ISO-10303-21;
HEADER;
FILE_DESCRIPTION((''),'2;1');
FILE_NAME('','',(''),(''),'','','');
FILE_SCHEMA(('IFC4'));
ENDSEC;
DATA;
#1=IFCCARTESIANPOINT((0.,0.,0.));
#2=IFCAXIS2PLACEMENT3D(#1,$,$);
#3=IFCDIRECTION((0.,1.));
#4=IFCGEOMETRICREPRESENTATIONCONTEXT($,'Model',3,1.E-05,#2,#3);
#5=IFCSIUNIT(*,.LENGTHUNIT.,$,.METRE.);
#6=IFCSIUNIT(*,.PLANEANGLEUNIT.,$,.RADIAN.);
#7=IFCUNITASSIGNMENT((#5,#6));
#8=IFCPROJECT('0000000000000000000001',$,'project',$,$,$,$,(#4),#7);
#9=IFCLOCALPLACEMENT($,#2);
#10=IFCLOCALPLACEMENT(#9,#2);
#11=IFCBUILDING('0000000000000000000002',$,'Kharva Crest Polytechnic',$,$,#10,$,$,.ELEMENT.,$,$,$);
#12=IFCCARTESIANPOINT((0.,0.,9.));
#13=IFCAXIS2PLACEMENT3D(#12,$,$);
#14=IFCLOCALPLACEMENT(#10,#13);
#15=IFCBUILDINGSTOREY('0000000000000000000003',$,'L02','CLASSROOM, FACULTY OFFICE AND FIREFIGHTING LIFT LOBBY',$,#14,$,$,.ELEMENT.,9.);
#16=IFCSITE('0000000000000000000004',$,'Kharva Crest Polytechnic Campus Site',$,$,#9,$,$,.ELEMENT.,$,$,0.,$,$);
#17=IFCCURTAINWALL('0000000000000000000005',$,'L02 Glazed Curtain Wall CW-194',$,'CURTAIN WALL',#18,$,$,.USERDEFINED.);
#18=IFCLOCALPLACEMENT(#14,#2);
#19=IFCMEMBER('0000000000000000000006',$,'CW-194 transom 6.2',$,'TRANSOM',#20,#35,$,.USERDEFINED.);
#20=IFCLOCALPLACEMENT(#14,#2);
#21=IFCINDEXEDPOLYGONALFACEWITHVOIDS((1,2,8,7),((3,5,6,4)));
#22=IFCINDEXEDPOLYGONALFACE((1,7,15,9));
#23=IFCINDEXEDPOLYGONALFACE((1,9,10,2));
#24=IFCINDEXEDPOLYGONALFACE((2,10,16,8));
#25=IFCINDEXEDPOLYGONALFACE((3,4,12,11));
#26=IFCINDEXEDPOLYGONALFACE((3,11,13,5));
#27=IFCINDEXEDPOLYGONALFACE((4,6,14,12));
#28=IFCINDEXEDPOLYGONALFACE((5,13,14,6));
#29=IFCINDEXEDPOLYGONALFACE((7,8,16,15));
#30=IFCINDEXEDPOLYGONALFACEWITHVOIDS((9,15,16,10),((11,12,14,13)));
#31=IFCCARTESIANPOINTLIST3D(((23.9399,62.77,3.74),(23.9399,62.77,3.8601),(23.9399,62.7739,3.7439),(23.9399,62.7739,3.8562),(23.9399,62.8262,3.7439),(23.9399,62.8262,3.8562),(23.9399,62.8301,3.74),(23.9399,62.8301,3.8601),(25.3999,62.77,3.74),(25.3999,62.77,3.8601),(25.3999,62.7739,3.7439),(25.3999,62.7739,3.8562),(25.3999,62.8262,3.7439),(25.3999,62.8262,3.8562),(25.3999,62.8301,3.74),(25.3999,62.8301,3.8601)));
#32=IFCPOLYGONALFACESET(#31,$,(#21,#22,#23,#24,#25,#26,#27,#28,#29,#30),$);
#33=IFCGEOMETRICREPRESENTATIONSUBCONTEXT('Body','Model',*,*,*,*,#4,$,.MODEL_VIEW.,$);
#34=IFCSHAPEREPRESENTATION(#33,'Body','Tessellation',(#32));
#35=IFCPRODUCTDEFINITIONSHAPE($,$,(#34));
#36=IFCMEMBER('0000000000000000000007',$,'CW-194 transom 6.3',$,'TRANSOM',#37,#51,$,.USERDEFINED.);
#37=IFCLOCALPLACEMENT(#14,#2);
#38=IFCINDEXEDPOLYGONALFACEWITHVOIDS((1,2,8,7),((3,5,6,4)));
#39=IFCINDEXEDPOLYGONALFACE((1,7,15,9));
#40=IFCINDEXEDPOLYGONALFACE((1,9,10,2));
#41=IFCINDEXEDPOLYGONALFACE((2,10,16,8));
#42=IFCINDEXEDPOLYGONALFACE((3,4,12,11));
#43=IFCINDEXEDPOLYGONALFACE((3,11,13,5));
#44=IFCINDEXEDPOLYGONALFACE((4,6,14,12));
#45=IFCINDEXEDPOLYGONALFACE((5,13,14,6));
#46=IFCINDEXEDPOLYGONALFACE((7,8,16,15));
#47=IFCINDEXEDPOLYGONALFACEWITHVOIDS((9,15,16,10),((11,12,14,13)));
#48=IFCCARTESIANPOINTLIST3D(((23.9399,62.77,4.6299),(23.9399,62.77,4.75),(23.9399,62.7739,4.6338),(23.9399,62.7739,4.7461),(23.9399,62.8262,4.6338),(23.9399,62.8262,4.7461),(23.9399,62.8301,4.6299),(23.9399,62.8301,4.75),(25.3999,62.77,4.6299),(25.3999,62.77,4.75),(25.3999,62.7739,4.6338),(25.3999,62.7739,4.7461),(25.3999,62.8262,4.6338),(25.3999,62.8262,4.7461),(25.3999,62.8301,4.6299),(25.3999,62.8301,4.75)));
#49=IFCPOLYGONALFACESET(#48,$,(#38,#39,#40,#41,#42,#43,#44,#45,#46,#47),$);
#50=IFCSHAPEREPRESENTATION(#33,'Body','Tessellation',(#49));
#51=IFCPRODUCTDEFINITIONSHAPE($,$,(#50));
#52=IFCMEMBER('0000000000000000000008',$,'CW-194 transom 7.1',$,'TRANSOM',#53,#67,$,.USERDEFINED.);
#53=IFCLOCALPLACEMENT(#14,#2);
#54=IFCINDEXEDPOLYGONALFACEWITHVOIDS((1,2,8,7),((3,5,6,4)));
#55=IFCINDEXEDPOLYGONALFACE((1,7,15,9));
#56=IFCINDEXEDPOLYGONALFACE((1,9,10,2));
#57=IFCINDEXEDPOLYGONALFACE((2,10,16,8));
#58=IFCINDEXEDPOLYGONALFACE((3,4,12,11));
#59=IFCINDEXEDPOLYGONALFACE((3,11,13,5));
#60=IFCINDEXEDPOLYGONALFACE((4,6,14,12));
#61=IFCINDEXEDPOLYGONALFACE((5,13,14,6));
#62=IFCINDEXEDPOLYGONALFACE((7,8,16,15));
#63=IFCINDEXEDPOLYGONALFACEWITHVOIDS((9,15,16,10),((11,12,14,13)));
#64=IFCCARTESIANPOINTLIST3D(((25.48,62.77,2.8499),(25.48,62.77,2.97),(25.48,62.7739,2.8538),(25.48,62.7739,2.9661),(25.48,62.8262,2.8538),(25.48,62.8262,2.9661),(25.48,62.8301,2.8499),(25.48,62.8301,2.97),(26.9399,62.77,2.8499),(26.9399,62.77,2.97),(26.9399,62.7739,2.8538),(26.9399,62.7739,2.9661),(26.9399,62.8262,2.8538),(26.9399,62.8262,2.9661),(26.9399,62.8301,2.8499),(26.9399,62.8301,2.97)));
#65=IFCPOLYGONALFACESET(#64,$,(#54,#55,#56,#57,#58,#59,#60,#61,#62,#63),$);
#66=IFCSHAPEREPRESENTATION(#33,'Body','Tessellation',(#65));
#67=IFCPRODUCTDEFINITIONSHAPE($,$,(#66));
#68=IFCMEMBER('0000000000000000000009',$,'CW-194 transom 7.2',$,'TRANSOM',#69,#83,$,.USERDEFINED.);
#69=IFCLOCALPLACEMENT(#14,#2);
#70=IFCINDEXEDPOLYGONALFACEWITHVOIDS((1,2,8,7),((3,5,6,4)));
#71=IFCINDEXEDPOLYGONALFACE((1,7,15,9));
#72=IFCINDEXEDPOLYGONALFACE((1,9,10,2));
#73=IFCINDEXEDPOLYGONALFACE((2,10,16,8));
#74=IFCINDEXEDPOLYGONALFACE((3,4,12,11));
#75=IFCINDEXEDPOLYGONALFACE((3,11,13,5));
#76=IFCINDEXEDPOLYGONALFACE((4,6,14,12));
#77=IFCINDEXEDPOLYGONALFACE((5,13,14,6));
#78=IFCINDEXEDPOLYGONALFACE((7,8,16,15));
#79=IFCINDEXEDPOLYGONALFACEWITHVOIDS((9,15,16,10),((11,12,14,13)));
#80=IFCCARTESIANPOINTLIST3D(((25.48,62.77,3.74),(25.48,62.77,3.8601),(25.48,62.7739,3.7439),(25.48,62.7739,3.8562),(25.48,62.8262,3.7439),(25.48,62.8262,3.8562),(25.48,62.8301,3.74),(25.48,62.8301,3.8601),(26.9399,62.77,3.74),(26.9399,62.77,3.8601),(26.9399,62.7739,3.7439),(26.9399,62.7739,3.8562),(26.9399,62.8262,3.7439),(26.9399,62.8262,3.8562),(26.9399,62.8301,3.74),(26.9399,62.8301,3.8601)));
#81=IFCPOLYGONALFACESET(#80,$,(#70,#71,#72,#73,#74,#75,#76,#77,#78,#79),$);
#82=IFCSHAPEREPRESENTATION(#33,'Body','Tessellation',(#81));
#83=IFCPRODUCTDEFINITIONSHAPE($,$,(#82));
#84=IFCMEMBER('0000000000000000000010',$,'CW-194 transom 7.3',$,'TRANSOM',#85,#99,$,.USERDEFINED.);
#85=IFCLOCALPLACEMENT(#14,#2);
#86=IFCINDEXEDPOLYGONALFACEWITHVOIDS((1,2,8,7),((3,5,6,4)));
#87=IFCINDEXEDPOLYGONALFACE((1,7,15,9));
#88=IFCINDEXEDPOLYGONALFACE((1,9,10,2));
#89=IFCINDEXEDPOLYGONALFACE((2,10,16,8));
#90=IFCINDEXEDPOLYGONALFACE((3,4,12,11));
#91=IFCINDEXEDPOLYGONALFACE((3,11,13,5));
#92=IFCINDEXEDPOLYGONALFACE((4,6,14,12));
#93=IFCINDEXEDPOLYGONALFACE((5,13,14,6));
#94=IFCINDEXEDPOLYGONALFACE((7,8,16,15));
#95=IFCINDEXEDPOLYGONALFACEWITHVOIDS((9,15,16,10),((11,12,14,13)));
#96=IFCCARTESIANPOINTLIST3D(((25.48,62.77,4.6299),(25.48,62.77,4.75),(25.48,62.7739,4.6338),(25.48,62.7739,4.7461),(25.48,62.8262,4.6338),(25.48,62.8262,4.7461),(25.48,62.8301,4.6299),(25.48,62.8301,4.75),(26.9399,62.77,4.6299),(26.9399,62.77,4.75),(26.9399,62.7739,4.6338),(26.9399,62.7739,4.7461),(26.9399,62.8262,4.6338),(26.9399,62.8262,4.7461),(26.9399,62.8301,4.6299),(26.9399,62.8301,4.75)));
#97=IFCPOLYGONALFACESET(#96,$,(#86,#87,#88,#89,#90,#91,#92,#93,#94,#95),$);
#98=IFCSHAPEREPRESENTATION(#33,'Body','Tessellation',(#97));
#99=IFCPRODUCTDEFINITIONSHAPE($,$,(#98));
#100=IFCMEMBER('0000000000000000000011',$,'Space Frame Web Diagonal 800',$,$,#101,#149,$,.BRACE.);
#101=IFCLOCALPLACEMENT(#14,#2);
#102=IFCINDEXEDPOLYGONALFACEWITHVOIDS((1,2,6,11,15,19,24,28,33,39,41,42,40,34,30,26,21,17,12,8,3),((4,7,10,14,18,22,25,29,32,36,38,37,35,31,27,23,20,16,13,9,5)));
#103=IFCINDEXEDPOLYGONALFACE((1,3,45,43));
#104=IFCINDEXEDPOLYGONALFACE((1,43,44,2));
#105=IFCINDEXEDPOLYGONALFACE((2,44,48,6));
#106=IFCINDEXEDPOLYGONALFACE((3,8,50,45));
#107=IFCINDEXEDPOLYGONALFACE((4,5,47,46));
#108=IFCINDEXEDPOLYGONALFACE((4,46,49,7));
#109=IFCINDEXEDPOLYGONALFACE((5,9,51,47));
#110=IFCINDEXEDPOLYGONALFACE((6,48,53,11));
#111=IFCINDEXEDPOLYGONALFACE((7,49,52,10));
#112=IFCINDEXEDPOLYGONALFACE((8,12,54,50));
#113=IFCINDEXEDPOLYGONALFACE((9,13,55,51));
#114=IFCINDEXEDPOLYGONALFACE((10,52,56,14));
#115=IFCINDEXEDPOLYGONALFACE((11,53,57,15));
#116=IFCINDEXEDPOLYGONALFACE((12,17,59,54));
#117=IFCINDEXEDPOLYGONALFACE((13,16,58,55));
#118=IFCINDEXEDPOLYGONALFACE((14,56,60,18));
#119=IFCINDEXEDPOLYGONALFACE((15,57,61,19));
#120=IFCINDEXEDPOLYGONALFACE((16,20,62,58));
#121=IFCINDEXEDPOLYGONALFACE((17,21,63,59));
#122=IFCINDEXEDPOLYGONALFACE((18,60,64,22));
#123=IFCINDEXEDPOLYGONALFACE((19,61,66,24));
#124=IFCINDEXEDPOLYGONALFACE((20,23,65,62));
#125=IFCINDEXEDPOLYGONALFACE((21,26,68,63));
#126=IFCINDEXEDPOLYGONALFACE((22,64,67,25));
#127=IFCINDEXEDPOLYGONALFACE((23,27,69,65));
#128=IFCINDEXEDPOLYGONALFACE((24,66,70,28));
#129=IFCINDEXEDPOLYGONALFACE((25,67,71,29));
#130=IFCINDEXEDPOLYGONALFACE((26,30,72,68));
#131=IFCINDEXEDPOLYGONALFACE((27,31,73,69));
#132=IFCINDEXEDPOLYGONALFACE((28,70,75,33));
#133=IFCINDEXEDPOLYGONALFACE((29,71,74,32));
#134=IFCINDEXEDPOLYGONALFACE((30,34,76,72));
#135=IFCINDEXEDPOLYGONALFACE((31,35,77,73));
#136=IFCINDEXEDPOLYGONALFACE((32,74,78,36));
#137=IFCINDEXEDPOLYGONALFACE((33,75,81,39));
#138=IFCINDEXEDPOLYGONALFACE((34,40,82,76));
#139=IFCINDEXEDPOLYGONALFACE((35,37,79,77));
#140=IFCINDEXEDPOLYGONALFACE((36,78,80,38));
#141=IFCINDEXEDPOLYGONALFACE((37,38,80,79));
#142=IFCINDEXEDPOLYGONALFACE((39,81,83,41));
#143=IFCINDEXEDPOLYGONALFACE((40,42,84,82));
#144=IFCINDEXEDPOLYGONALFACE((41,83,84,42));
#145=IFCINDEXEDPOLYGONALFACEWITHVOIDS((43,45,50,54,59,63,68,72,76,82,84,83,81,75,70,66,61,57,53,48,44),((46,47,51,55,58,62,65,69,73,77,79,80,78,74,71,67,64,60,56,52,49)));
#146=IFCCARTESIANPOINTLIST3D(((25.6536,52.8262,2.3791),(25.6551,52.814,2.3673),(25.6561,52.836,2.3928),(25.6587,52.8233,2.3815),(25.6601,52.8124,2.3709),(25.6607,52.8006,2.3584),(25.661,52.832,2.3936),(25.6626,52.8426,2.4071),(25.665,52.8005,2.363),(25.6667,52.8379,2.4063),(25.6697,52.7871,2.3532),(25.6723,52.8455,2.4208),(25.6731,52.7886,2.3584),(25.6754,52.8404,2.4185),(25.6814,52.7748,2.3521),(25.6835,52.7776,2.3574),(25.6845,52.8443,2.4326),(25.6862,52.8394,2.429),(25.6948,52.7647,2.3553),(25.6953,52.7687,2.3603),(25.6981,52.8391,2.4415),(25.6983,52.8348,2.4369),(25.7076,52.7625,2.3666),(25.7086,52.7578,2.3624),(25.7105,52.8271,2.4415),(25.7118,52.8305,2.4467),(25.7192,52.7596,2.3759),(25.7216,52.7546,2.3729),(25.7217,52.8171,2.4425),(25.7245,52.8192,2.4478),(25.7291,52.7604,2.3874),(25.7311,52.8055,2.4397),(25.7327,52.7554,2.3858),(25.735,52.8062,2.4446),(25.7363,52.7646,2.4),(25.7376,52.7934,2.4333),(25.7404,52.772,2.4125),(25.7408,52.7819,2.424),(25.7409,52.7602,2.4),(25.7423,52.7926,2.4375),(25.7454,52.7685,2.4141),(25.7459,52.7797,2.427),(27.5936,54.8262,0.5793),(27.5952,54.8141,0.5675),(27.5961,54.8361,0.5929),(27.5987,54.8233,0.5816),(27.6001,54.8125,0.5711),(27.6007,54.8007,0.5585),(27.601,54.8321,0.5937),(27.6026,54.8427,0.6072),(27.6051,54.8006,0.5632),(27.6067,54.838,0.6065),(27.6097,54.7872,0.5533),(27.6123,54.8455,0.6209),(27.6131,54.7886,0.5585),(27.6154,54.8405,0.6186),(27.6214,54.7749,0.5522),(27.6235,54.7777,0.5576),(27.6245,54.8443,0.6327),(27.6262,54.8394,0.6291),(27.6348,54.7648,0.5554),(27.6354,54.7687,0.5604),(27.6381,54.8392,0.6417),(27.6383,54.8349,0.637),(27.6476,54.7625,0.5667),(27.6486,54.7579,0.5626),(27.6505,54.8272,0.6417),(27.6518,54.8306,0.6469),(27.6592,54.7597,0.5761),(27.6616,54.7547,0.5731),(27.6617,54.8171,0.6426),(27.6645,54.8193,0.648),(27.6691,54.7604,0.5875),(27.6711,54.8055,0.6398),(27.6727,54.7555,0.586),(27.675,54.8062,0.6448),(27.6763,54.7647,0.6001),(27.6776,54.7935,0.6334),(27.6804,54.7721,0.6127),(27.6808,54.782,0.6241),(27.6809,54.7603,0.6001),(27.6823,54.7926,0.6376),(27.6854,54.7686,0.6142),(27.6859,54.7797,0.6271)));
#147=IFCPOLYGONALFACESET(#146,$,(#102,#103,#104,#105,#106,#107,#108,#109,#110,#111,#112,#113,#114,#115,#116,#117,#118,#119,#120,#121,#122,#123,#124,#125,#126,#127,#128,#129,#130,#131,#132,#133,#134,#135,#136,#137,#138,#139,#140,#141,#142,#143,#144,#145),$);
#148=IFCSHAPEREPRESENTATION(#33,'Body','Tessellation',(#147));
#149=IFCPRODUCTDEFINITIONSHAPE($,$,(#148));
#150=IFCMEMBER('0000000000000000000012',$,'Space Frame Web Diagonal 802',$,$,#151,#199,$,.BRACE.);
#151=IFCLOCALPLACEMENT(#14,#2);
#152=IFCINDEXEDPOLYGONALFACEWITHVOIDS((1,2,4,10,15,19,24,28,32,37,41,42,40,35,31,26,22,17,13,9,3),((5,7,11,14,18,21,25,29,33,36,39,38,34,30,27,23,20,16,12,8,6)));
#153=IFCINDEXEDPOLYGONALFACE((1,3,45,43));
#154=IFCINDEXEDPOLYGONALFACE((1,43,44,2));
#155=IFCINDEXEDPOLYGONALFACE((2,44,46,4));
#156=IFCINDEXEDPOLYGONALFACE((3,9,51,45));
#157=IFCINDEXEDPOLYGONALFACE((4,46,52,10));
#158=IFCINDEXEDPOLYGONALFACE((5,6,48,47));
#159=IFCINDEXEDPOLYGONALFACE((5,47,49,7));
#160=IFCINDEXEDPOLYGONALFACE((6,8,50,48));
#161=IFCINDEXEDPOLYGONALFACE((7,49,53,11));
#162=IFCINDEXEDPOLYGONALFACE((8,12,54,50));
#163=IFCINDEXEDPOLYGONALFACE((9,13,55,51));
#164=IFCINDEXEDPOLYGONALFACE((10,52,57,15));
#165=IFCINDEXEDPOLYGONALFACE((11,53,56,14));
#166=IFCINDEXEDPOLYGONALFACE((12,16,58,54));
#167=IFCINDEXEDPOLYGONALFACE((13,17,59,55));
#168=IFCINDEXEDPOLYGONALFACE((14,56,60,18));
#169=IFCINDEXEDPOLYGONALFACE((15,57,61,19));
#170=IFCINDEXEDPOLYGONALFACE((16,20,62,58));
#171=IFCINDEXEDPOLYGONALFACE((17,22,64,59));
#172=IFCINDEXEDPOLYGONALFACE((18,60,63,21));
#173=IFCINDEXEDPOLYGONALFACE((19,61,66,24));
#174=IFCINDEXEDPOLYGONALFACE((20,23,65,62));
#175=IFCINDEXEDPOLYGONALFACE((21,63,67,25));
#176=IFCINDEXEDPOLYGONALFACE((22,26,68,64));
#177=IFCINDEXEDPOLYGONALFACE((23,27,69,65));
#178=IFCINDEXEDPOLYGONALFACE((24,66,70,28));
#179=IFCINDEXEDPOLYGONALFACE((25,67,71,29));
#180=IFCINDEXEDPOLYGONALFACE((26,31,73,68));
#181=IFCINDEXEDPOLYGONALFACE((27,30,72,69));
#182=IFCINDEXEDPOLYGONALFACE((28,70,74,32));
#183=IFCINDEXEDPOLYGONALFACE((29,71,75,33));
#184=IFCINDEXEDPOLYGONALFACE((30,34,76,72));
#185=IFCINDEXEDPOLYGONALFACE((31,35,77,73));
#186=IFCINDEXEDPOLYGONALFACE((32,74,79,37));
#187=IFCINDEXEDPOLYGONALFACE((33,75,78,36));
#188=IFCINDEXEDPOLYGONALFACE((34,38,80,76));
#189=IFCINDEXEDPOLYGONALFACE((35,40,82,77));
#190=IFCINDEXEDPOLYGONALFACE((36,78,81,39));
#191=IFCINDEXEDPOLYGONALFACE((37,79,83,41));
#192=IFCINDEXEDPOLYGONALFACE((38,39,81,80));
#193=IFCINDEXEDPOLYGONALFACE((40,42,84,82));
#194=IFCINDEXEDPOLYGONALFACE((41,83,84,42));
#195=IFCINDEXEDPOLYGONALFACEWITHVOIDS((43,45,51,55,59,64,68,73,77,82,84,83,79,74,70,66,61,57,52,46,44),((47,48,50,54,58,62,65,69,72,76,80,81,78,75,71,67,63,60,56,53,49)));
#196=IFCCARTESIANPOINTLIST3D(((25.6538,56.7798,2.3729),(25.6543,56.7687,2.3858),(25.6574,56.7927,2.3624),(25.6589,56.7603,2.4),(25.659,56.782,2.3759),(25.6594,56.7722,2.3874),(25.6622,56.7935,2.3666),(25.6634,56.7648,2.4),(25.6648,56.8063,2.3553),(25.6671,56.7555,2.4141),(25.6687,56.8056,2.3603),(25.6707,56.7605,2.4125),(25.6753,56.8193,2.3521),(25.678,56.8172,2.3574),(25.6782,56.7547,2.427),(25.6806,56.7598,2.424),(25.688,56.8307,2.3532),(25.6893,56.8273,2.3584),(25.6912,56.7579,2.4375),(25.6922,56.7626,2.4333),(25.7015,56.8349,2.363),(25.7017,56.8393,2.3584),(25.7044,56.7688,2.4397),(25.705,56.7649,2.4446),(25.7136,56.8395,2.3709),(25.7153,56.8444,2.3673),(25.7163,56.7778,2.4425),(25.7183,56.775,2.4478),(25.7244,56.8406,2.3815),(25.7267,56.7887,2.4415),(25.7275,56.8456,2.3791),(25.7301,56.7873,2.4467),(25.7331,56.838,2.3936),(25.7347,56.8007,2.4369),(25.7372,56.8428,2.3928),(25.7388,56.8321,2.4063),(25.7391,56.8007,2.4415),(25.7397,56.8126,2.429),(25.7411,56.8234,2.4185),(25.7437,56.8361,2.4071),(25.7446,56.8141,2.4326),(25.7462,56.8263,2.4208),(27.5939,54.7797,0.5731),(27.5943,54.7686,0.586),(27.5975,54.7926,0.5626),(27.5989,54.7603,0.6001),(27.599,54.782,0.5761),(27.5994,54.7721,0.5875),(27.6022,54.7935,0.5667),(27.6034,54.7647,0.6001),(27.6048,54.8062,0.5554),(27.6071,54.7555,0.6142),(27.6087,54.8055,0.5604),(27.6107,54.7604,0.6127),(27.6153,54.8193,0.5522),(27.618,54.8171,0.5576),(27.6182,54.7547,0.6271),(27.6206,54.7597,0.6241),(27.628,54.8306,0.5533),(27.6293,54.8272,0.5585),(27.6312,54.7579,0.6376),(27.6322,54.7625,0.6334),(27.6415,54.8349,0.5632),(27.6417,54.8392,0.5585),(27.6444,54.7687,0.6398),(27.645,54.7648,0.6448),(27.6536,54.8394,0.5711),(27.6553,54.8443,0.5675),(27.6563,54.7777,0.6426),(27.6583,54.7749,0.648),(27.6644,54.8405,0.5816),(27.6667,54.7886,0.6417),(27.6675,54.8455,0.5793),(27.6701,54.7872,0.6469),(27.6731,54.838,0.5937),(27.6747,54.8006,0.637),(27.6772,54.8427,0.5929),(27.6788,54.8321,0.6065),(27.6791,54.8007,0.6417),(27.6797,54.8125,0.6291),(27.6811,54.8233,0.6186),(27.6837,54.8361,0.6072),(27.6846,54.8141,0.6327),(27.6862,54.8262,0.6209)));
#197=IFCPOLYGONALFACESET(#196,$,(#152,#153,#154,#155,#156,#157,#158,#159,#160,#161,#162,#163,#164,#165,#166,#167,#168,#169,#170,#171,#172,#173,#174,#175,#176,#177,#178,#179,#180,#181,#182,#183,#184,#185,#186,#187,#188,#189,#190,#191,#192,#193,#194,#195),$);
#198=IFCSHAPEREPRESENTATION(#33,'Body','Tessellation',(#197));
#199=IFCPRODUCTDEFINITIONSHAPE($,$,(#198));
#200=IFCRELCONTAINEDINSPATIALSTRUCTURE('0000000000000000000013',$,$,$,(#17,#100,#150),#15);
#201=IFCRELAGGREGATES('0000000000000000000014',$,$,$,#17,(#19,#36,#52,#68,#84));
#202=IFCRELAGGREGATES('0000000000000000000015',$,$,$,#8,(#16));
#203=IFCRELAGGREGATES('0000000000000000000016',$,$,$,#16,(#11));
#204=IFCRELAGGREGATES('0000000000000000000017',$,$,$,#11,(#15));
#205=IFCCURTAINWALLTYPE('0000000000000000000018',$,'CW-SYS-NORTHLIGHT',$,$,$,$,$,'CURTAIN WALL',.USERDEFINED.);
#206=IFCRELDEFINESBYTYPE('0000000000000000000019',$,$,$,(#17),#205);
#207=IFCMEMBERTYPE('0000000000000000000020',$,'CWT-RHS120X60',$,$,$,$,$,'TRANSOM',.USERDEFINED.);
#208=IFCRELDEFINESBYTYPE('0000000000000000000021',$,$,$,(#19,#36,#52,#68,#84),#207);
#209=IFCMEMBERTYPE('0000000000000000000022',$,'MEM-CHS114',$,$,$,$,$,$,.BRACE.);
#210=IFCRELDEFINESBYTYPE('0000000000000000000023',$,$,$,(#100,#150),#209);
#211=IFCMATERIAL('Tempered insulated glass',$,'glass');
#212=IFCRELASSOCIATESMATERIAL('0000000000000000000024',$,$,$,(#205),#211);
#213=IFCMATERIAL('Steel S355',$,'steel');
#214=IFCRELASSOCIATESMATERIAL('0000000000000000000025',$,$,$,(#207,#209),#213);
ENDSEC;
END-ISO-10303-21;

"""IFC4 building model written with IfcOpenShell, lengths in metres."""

from ifc_helpers import new_model, si_unit, direction, frame, origin, origin_2d, place, context, subcontext, project, spatial, hollow_rectangle, hollow_circle, extrude, material, material_profile, profile_set, type_object, element, aggregate, save


model = new_model("IFC4")

# Units and contexts
model_context = context("Model", 3, precision=1e-05, world=origin(), true_north=direction((0.0, 1.0)))
body_context = subcontext(model_context, "Body", "Model", "MODEL_VIEW")
ifc_project = project(units=[si_unit("LENGTHUNIT", "METRE"), si_unit("PLANEANGLEUNIT", "RADIAN")], contexts=[model_context])

# Site, building, storey
site_placement = place(None, origin())
site = spatial("IfcSite", under=ifc_project, at=site_placement, Name="Kharva Crest Polytechnic Campus Site", CompositionType="ELEMENT", RefElevation=0.0)
building_placement = place(site_placement, origin())
building = spatial("IfcBuilding", under=site, at=building_placement, Name="Kharva Crest Polytechnic", CompositionType="ELEMENT")
storey_placement = place(building_placement, frame((0.0, 0.0, 9.0)))
storey = spatial("IfcBuildingStorey", under=building, at=storey_placement, Name="L02", Description="CLASSROOM, FACULTY OFFICE AND FIREFIGHTING LIFT LOBBY", CompositionType="ELEMENT", Elevation=9.0)

# Curtain wall
ifc_material_1 = material(Name="Tempered insulated glass", Category="glass")
curtain_wall_type = type_object("IfcCurtainWallType", Name="CW-SYS-NORTHLIGHT", ElementType="CURTAIN WALL", PredefinedType="USERDEFINED", material=ifc_material_1)
ifc_material_2 = material(Name="Steel S355", Category="steel")
curtain_wall_1_placement = place(storey_placement, origin())
curtain_wall_1 = element("IfcCurtainWall", 1, at=curtain_wall_1_placement, inside=storey, type_object=curtain_wall_type, Name="L02 Glazed Curtain Wall CW-194", ObjectType="CURTAIN WALL", PredefinedType="USERDEFINED")

# Members
ifc_material_profile_1 = material_profile(ifc_material_2, hollow_rectangle(XDim=0.0601, YDim=0.1201, WallThickness=0.0039, at=origin_2d()), Name="RHS 120X60X4.0")
ifc_profile_set_1 = profile_set([ifc_material_profile_1], Name="Steel S355")
member_type_1 = type_object("IfcMemberType", Name="CWT-RHS120X60", ElementType="TRANSOM", PredefinedType="USERDEFINED", material=ifc_profile_set_1)
member_1_placement = place(storey_placement, frame((23.9399, 62.8, 3.8), z_axis=(1.0, 0.0, 0.0), x_axis=(0.0, 1.0, 0.0)))
member_1 = element("IfcMember", 2, at=member_1_placement, type_object=member_type_1, Name="CW-194 transom 6.2", ObjectType="TRANSOM", PredefinedType="USERDEFINED", context=body_context, shape_type="SweptSolid", body=[
    extrude(hollow_rectangle(XDim=0.0601, YDim=0.1201, WallThickness=0.0039, at=origin_2d()), origin(), (0.0, 0.0, 1.0), 1.46),
])
member_2_placement = place(storey_placement, frame((23.9399, 62.8, 4.6899), z_axis=(1.0, 0.0, 0.0), x_axis=(0.0, 1.0, 0.0)))
member_2 = element("IfcMember", 3, at=member_2_placement, type_object=member_type_1, Name="CW-194 transom 6.3", ObjectType="TRANSOM", PredefinedType="USERDEFINED", context=body_context, shape_type="SweptSolid", body=[
    extrude(hollow_rectangle(XDim=0.0601, YDim=0.1201, WallThickness=0.0039, at=origin_2d()), origin(), (0.0, 0.0, 1.0), 1.46),
])
member_3_placement = place(storey_placement, frame((25.48, 62.8, 2.9099), z_axis=(1.0, 0.0, 0.0), x_axis=(0.0, 1.0, 0.0)))
member_3 = element("IfcMember", 4, at=member_3_placement, type_object=member_type_1, Name="CW-194 transom 7.1", ObjectType="TRANSOM", PredefinedType="USERDEFINED", context=body_context, shape_type="SweptSolid", body=[
    extrude(hollow_rectangle(XDim=0.0601, YDim=0.1201, WallThickness=0.0039, at=origin_2d()), origin(), (0.0, 0.0, 1.0), 1.46),
])
member_4_placement = place(storey_placement, frame((25.48, 62.8, 3.8), z_axis=(1.0, 0.0, 0.0), x_axis=(0.0, 1.0, 0.0)))
member_4 = element("IfcMember", 5, at=member_4_placement, type_object=member_type_1, Name="CW-194 transom 7.2", ObjectType="TRANSOM", PredefinedType="USERDEFINED", context=body_context, shape_type="SweptSolid", body=[
    extrude(hollow_rectangle(XDim=0.0601, YDim=0.1201, WallThickness=0.0039, at=origin_2d()), origin(), (0.0, 0.0, 1.0), 1.46),
])
member_5_placement = place(storey_placement, frame((25.48, 62.8, 4.6899), z_axis=(1.0, 0.0, 0.0), x_axis=(0.0, 1.0, 0.0)))
member_5 = element("IfcMember", 6, at=member_5_placement, type_object=member_type_1, Name="CW-194 transom 7.3", ObjectType="TRANSOM", PredefinedType="USERDEFINED", context=body_context, shape_type="SweptSolid", body=[
    extrude(hollow_rectangle(XDim=0.0601, YDim=0.1201, WallThickness=0.0039, at=origin_2d()), origin(), (0.0, 0.0, 1.0), 1.46),
])

# Members
ifc_material_profile_2 = material_profile(ifc_material_2, hollow_circle(Radius=0.0571, WallThickness=0.0063, at=origin_2d()), Name="CHS 114.3X6.3")
ifc_profile_set_2 = profile_set([ifc_material_profile_2], Name="Steel S355")
member_type_2 = type_object("IfcMemberType", Name="MEM-CHS114", PredefinedType="BRACE", material=ifc_profile_set_2)
for number, where, z_axis, x_axis, name in (
    (7, (27.6399, 54.8, 0.6001), (-0.584843, -0.60295, 0.542596), (0.717802, -0.696247, 0.0), "Space Frame Web Diagonal 800"),
    (8, (27.6399, 54.8, 0.6001), (-0.584843, 0.60295, 0.542596), (-0.717802, -0.696247, 0.0), "Space Frame Web Diagonal 802"),
):
    element("IfcMember", number, at=place(storey_placement, frame(where, z_axis=z_axis, x_axis=x_axis)), inside=storey, type_object=member_type_2, Name=name, PredefinedType="BRACE", context=body_context, shape_type="SweptSolid", body=[
        extrude(hollow_circle(Radius=0.0571, WallThickness=0.0063, at=origin_2d()), origin(), (0.0, 0.0, 1.0), 3.3171),
    ])

aggregate(curtain_wall_1, [member_1, member_2, member_3, member_4, member_5])

save(model, "model.ifc")
